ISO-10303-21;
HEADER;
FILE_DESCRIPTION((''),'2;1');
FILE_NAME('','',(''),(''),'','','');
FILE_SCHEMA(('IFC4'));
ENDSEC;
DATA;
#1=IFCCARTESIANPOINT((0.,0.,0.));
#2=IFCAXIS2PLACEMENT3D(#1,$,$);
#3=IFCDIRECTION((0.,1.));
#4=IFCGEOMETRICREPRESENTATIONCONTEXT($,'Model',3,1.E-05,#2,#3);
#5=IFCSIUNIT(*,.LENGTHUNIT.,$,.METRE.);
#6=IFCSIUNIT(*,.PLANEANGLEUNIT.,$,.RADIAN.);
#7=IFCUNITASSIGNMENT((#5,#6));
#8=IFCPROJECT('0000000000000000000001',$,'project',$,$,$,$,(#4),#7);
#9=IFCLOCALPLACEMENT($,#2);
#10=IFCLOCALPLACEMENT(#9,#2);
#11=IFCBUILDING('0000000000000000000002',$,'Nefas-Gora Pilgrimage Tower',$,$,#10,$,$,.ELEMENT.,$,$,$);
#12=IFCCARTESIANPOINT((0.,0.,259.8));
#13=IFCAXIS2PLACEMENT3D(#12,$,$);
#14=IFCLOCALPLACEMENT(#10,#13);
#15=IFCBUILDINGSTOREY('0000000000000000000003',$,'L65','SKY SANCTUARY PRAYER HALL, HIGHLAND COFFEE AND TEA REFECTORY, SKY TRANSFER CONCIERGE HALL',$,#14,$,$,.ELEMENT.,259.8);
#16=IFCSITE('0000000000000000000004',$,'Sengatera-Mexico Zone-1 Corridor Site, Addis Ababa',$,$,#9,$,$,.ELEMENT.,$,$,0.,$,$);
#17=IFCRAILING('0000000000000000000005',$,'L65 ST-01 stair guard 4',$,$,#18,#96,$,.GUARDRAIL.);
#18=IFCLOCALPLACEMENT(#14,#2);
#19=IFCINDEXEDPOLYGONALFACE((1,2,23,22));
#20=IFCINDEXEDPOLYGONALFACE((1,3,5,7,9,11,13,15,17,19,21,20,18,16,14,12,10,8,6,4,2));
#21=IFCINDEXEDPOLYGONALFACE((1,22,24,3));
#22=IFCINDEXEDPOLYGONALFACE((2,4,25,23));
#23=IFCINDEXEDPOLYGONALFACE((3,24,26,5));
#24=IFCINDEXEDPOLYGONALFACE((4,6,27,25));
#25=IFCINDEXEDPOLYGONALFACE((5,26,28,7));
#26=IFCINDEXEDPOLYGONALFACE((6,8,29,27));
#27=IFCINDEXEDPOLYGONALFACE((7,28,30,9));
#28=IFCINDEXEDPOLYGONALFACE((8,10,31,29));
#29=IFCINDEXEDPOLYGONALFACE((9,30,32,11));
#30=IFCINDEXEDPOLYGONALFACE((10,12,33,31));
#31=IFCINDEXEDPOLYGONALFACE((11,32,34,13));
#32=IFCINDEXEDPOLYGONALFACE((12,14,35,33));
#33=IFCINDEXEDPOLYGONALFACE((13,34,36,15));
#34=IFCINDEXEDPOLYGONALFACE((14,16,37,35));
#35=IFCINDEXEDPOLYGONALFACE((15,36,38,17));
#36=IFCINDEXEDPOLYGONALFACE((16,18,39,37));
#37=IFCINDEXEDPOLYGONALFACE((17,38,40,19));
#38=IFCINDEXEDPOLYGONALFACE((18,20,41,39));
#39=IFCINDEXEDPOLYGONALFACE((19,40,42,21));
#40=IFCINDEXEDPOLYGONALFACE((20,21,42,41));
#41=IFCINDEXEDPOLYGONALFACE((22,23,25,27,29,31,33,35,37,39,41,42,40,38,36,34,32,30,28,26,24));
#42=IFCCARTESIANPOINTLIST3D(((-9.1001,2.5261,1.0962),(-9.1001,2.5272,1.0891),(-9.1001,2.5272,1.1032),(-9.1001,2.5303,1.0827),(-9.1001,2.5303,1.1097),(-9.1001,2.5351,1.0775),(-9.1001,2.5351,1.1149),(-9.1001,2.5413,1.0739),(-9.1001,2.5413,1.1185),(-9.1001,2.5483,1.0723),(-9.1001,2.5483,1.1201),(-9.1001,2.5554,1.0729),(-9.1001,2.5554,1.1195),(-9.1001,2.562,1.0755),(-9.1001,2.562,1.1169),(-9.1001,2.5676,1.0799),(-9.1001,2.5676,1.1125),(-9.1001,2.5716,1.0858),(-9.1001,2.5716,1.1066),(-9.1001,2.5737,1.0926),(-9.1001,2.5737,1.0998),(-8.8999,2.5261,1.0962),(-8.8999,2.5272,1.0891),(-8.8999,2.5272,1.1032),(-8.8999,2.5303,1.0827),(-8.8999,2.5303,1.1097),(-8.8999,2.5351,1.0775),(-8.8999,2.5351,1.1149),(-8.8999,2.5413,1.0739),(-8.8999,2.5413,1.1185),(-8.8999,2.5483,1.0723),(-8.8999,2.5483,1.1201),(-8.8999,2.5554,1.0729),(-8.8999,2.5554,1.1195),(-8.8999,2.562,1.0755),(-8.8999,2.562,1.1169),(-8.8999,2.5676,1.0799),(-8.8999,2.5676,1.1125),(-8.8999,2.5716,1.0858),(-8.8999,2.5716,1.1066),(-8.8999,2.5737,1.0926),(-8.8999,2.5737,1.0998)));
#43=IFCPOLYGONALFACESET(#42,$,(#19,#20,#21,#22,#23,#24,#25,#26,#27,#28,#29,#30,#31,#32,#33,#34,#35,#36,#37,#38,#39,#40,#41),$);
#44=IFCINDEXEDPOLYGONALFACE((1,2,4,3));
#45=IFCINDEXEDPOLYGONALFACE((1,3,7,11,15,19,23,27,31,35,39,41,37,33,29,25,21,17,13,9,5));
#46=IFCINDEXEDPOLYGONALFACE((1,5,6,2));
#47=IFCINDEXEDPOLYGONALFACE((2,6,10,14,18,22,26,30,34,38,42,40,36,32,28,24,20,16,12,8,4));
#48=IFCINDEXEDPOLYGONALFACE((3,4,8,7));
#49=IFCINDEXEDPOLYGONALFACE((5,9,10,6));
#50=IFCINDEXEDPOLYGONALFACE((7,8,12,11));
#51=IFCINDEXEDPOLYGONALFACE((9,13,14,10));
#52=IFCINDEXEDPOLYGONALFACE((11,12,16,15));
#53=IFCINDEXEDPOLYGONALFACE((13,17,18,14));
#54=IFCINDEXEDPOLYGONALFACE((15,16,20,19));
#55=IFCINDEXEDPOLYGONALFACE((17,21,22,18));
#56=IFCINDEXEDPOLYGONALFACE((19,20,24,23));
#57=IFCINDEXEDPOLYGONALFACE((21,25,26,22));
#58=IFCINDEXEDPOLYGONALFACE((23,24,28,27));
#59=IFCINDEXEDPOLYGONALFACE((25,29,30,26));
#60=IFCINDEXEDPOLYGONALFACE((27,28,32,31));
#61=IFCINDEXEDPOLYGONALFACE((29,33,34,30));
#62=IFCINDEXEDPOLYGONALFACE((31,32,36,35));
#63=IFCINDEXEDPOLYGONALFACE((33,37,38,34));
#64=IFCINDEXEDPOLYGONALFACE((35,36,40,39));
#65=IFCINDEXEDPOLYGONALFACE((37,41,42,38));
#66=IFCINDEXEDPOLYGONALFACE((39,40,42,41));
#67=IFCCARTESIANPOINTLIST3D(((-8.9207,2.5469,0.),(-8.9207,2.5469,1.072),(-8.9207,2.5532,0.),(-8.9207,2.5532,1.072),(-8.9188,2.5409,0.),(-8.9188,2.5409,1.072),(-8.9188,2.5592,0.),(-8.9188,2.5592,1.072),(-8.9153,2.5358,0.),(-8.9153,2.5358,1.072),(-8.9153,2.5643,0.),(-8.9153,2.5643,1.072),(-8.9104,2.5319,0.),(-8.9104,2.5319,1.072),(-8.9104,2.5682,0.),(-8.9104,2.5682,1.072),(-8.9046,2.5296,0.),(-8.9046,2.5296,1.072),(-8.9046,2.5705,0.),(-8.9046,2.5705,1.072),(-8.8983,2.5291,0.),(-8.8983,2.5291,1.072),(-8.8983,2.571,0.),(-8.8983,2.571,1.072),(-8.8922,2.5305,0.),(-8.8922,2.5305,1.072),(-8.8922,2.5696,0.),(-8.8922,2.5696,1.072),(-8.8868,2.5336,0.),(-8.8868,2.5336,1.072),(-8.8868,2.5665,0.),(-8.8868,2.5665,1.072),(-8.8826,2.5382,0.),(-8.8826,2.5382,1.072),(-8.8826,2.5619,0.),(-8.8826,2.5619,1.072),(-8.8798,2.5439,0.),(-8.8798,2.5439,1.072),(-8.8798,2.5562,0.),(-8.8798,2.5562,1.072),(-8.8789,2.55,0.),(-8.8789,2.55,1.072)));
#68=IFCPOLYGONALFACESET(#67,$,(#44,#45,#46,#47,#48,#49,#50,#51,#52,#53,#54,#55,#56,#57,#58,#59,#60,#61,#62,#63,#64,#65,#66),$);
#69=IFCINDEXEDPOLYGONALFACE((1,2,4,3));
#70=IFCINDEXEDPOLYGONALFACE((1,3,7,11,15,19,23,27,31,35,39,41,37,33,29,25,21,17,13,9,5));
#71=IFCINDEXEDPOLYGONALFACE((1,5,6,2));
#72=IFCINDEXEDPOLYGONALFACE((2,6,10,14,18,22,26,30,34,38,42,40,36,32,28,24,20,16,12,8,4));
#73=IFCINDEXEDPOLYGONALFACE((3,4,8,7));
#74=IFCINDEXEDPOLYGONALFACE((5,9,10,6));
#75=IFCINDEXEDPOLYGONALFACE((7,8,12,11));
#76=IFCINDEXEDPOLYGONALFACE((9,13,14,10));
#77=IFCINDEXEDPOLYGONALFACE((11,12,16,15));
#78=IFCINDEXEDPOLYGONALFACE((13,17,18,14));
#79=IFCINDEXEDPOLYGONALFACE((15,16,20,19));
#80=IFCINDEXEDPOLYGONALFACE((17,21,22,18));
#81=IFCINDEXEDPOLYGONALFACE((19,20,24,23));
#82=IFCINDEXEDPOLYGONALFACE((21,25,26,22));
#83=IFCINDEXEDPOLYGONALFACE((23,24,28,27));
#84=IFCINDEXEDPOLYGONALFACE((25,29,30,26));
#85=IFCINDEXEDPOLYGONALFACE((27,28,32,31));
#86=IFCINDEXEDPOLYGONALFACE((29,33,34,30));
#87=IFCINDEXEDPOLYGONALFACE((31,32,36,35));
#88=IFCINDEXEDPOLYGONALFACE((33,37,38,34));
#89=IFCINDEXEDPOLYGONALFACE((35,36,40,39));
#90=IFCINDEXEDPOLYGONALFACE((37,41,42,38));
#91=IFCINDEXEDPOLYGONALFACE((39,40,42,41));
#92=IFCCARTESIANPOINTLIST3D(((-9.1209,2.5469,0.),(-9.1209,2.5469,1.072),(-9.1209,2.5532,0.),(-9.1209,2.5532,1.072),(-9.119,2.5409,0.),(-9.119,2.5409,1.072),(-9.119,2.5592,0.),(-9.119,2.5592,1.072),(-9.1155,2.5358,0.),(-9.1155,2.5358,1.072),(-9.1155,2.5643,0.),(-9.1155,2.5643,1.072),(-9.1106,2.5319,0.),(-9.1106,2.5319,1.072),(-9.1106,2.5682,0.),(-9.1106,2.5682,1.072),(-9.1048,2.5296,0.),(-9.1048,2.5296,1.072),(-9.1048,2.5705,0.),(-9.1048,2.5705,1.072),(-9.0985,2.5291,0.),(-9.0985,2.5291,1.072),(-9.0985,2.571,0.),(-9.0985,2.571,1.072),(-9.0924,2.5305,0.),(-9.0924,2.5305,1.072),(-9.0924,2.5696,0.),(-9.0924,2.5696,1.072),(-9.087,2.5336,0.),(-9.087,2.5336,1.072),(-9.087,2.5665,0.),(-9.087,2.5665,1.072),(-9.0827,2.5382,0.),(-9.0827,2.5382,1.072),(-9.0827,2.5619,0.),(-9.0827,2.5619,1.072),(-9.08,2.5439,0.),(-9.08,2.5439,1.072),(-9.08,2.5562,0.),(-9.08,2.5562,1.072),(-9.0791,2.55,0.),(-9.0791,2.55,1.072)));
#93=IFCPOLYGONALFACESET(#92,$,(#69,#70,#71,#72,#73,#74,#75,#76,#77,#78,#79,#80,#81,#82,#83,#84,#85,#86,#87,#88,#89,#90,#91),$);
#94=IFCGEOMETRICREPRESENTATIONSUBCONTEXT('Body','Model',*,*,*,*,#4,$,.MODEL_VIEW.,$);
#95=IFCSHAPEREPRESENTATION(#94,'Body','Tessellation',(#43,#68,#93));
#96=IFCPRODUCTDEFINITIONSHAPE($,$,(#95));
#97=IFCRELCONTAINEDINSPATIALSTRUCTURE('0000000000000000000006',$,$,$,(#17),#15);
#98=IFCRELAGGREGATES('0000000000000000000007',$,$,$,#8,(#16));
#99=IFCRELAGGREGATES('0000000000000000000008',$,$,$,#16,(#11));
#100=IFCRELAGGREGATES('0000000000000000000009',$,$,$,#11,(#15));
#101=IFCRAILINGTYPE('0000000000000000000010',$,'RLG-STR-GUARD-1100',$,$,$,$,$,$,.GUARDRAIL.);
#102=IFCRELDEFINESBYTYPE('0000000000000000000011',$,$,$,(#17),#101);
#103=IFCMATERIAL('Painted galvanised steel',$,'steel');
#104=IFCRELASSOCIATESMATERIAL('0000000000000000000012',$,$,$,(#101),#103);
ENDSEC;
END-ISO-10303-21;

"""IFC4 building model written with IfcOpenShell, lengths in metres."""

from ifc_helpers import new_model, si_unit, direction, frame, origin, origin_2d, place, context, subcontext, project, spatial, circle, extrude, material, type_object, element, save


model = new_model("IFC4")

# Units and contexts
model_context = context("Model", 3, precision=1e-05, world=origin(), true_north=direction((0.0, 1.0)))
body_context = subcontext(model_context, "Body", "Model", "MODEL_VIEW")
ifc_project = project(units=[si_unit("LENGTHUNIT", "METRE"), si_unit("PLANEANGLEUNIT", "RADIAN")], contexts=[model_context])

# Site, building, storey
site_placement = place(None, origin())
site = spatial("IfcSite", under=ifc_project, at=site_placement, Name="Sengatera-Mexico Zone-1 Corridor Site, Addis Ababa", CompositionType="ELEMENT", RefElevation=0.0)
building_placement = place(site_placement, origin())
building = spatial("IfcBuilding", under=site, at=building_placement, Name="Nefas-Gora Pilgrimage Tower", CompositionType="ELEMENT")
storey_placement = place(building_placement, frame((0.0, 0.0, 259.8)))
storey = spatial("IfcBuildingStorey", under=building, at=storey_placement, Name="L65", Description="SKY SANCTUARY PRAYER HALL, HIGHLAND COFFEE AND TEA REFECTORY, SKY TRANSFER CONCIERGE HALL", CompositionType="ELEMENT", Elevation=259.8)

# Railing
ifc_material_1 = material(Name="Painted galvanised steel", Category="steel")
railing_type_1 = type_object("IfcRailingType", Name="RLG-STR-GUARD-1100", PredefinedType="GUARDRAIL", material=ifc_material_1)
railing_1_placement = place(storey_placement, frame((-8.8999, 2.55, 0.0)))
element("IfcRailing", 1, at=railing_1_placement, inside=storey, type_object=railing_type_1, Name="L65 ST-01 stair guard 4", PredefinedType="GUARDRAIL", context=body_context, shape_type="SweptSolid", body=[
    extrude(circle(Radius=0.0239, at=origin_2d()), frame((0.0, 0.0, 1.0962), z_axis=(-1.0, 0.0, 0.0), x_axis=(0.0, -1.0, 0.0)), (0.0, 0.0, 1.0), 0.2002),
    extrude(circle(Radius=0.021, at=origin_2d()), origin(), (0.0, 0.0, 1.0), 1.072),
    extrude(circle(Radius=0.021, at=origin_2d()), frame((-0.2002, 0.0, 0.0)), (0.0, 0.0, 1.0), 1.072),
])

save(model, "model.ifc")
